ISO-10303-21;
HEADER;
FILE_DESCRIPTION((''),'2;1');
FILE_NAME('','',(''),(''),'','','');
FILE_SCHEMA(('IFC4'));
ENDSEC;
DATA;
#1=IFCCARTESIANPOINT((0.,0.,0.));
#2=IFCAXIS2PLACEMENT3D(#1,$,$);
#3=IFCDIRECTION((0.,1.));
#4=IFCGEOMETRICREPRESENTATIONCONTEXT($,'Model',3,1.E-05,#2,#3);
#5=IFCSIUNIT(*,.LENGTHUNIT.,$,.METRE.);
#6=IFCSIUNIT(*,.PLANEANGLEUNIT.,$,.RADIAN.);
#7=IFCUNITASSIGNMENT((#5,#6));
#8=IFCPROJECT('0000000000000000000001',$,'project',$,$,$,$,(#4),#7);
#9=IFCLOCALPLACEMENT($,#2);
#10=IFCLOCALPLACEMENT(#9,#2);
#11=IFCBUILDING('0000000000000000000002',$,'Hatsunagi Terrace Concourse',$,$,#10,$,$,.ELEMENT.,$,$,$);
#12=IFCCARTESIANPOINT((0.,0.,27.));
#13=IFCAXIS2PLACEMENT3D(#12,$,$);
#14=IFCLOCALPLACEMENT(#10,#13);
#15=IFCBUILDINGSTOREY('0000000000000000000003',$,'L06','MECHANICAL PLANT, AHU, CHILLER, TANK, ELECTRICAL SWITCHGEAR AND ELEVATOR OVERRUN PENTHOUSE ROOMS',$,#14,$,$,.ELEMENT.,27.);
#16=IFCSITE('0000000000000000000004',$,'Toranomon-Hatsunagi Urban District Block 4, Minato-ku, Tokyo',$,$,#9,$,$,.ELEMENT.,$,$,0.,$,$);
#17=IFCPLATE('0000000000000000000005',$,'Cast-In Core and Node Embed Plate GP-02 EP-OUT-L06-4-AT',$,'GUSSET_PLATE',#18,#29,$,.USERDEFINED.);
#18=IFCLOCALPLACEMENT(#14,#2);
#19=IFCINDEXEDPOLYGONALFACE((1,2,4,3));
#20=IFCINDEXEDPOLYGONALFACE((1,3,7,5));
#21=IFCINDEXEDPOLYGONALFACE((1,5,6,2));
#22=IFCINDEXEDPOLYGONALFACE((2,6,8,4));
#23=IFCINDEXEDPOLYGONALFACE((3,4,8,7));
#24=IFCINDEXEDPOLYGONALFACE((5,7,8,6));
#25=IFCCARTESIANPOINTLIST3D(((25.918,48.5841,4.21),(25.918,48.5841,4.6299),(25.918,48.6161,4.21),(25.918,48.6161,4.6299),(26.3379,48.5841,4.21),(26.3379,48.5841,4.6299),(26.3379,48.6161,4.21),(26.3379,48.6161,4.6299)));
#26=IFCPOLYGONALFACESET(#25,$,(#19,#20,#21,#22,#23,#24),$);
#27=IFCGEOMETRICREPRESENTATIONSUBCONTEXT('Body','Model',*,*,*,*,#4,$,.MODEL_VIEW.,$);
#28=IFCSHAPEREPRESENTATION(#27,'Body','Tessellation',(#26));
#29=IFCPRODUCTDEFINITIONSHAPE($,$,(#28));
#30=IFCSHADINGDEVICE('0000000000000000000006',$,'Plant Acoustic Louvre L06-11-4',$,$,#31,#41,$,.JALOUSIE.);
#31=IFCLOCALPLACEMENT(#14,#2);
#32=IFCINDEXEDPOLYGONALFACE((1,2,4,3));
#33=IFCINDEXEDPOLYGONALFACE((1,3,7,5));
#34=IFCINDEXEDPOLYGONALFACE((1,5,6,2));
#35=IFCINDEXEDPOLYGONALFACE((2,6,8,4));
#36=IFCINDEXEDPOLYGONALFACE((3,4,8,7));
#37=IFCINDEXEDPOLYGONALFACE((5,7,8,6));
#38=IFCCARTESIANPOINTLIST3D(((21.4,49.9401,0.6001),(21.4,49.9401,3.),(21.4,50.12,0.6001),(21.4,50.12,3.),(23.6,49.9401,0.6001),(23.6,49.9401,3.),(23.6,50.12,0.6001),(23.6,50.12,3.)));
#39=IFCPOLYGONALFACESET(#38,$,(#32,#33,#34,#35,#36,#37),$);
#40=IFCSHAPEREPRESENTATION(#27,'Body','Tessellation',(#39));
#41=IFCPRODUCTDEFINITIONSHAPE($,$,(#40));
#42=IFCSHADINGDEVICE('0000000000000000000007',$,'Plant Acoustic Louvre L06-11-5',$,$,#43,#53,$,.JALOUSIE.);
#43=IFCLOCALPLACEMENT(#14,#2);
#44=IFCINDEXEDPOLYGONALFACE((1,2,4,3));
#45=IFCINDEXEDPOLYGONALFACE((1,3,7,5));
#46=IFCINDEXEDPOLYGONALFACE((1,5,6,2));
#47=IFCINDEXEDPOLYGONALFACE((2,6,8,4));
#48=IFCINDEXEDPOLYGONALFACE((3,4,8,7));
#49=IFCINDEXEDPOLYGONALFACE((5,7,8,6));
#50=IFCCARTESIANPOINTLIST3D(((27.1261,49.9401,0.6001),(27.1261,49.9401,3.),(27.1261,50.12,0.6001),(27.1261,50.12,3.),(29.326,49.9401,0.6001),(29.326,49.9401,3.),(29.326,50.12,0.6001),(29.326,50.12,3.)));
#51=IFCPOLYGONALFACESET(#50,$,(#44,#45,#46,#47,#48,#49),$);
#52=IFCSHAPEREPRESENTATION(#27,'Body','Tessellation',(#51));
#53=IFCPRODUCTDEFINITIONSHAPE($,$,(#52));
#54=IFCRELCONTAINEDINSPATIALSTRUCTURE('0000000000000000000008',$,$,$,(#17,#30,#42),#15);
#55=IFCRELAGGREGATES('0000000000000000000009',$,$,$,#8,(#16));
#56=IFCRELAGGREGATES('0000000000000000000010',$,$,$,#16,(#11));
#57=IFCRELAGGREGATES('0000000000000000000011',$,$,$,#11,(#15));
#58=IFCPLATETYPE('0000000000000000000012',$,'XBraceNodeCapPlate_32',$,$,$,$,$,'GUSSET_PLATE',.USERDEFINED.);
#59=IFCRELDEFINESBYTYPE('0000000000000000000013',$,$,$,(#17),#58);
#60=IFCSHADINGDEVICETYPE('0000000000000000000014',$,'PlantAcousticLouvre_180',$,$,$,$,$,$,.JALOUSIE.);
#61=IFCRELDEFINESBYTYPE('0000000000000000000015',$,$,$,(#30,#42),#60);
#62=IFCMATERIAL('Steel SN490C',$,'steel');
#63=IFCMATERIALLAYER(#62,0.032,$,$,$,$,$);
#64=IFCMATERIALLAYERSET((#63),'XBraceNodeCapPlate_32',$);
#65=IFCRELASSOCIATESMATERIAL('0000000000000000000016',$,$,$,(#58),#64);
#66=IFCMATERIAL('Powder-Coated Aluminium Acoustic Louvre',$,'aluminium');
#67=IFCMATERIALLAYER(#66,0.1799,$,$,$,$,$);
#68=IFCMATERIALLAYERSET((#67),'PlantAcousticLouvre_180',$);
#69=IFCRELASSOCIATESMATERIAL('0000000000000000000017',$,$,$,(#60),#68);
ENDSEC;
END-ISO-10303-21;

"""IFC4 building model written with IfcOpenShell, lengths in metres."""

from ifc_helpers import new_model, si_unit, direction, frame, origin, origin_2d, place, context, subcontext, project, spatial, rectangle, extrude, material, layer, layer_set, type_object, element, save


model = new_model("IFC4")

# Units and contexts
model_context = context("Model", 3, precision=1e-05, world=origin(), true_north=direction((0.0, 1.0)))
body_context = subcontext(model_context, "Body", "Model", "MODEL_VIEW")
ifc_project = project(units=[si_unit("LENGTHUNIT", "METRE"), si_unit("PLANEANGLEUNIT", "RADIAN")], contexts=[model_context])

# Site, building, storey
site_placement = place(None, origin())
site = spatial("IfcSite", under=ifc_project, at=site_placement, Name="Toranomon-Hatsunagi Urban District Block 4, Minato-ku, Tokyo", CompositionType="ELEMENT", RefElevation=0.0)
building_placement = place(site_placement, origin())
building = spatial("IfcBuilding", under=site, at=building_placement, Name="Hatsunagi Terrace Concourse", CompositionType="ELEMENT")
storey_placement = place(building_placement, frame((0.0, 0.0, 27.0)))
storey = spatial("IfcBuildingStorey", under=building, at=storey_placement, Name="L06", Description="MECHANICAL PLANT, AHU, CHILLER, TANK, ELECTRICAL SWITCHGEAR AND ELEVATOR OVERRUN PENTHOUSE ROOMS", CompositionType="ELEMENT", Elevation=27.0)

# Plate
ifc_material_1 = material(Name="Steel SN490C", Category="steel")
ifc_layer_1 = layer(ifc_material_1, 0.032)
ifc_layer_set_1 = layer_set([ifc_layer_1], Name="XBraceNodeCapPlate_32")
plate_type_1 = type_object("IfcPlateType", Name="XBraceNodeCapPlate_32", ElementType="GUSSET_PLATE", PredefinedType="USERDEFINED", material=ifc_layer_set_1)
for number, where, z_axis, x_axis, name in (
    (1, (26.1279, 48.6001, 4.21), (0.0, 0.0, 1.0), (1.0, 0.0, 0.0), "Cast-In Core and Node Embed Plate GP-02 EP-OUT-L06-4-AT"),
):
    element("IfcPlate", number, at=place(storey_placement, frame(where, z_axis=z_axis, x_axis=x_axis)), inside=storey, type_object=plate_type_1, Name=name, ObjectType="GUSSET_PLATE", PredefinedType="USERDEFINED", context=body_context, shape_type="SweptSolid", body=[
        extrude(rectangle(XDim=0.4199, YDim=0.032, at=origin_2d()), origin(), (0.0, 0.0, 1.0), 0.4199),
    ])

# Shading devices
ifc_material_2 = material(Name="Powder-Coated Aluminium Acoustic Louvre", Category="aluminium")
ifc_layer_2 = layer(ifc_material_2, 0.1799)
ifc_layer_set_2 = layer_set([ifc_layer_2], Name="PlantAcousticLouvre_180")
shading_device_type = type_object("IfcShadingDeviceType", Name="PlantAcousticLouvre_180", PredefinedType="JALOUSIE", material=ifc_layer_set_2)
for number, where, z_axis, x_axis, name in (
    (2, (22.5, 50.03, 0.6001), (0.0, 0.0, 1.0), (1.0, 0.0, 0.0), "Plant Acoustic Louvre L06-11-4"),
    (3, (28.2261, 50.03, 0.6001), (0.0, 0.0, 1.0), (1.0, 0.0, 0.0), "Plant Acoustic Louvre L06-11-5"),
):
    element("IfcShadingDevice", number, at=place(storey_placement, frame(where, z_axis=z_axis, x_axis=x_axis)), inside=storey, type_object=shading_device_type, Name=name, PredefinedType="JALOUSIE", context=body_context, shape_type="SweptSolid", body=[
        extrude(rectangle(XDim=2.2, YDim=0.1799, at=origin_2d()), origin(), (0.0, 0.0, 1.0), 2.3999),
    ])

save(model, "model.ifc")
